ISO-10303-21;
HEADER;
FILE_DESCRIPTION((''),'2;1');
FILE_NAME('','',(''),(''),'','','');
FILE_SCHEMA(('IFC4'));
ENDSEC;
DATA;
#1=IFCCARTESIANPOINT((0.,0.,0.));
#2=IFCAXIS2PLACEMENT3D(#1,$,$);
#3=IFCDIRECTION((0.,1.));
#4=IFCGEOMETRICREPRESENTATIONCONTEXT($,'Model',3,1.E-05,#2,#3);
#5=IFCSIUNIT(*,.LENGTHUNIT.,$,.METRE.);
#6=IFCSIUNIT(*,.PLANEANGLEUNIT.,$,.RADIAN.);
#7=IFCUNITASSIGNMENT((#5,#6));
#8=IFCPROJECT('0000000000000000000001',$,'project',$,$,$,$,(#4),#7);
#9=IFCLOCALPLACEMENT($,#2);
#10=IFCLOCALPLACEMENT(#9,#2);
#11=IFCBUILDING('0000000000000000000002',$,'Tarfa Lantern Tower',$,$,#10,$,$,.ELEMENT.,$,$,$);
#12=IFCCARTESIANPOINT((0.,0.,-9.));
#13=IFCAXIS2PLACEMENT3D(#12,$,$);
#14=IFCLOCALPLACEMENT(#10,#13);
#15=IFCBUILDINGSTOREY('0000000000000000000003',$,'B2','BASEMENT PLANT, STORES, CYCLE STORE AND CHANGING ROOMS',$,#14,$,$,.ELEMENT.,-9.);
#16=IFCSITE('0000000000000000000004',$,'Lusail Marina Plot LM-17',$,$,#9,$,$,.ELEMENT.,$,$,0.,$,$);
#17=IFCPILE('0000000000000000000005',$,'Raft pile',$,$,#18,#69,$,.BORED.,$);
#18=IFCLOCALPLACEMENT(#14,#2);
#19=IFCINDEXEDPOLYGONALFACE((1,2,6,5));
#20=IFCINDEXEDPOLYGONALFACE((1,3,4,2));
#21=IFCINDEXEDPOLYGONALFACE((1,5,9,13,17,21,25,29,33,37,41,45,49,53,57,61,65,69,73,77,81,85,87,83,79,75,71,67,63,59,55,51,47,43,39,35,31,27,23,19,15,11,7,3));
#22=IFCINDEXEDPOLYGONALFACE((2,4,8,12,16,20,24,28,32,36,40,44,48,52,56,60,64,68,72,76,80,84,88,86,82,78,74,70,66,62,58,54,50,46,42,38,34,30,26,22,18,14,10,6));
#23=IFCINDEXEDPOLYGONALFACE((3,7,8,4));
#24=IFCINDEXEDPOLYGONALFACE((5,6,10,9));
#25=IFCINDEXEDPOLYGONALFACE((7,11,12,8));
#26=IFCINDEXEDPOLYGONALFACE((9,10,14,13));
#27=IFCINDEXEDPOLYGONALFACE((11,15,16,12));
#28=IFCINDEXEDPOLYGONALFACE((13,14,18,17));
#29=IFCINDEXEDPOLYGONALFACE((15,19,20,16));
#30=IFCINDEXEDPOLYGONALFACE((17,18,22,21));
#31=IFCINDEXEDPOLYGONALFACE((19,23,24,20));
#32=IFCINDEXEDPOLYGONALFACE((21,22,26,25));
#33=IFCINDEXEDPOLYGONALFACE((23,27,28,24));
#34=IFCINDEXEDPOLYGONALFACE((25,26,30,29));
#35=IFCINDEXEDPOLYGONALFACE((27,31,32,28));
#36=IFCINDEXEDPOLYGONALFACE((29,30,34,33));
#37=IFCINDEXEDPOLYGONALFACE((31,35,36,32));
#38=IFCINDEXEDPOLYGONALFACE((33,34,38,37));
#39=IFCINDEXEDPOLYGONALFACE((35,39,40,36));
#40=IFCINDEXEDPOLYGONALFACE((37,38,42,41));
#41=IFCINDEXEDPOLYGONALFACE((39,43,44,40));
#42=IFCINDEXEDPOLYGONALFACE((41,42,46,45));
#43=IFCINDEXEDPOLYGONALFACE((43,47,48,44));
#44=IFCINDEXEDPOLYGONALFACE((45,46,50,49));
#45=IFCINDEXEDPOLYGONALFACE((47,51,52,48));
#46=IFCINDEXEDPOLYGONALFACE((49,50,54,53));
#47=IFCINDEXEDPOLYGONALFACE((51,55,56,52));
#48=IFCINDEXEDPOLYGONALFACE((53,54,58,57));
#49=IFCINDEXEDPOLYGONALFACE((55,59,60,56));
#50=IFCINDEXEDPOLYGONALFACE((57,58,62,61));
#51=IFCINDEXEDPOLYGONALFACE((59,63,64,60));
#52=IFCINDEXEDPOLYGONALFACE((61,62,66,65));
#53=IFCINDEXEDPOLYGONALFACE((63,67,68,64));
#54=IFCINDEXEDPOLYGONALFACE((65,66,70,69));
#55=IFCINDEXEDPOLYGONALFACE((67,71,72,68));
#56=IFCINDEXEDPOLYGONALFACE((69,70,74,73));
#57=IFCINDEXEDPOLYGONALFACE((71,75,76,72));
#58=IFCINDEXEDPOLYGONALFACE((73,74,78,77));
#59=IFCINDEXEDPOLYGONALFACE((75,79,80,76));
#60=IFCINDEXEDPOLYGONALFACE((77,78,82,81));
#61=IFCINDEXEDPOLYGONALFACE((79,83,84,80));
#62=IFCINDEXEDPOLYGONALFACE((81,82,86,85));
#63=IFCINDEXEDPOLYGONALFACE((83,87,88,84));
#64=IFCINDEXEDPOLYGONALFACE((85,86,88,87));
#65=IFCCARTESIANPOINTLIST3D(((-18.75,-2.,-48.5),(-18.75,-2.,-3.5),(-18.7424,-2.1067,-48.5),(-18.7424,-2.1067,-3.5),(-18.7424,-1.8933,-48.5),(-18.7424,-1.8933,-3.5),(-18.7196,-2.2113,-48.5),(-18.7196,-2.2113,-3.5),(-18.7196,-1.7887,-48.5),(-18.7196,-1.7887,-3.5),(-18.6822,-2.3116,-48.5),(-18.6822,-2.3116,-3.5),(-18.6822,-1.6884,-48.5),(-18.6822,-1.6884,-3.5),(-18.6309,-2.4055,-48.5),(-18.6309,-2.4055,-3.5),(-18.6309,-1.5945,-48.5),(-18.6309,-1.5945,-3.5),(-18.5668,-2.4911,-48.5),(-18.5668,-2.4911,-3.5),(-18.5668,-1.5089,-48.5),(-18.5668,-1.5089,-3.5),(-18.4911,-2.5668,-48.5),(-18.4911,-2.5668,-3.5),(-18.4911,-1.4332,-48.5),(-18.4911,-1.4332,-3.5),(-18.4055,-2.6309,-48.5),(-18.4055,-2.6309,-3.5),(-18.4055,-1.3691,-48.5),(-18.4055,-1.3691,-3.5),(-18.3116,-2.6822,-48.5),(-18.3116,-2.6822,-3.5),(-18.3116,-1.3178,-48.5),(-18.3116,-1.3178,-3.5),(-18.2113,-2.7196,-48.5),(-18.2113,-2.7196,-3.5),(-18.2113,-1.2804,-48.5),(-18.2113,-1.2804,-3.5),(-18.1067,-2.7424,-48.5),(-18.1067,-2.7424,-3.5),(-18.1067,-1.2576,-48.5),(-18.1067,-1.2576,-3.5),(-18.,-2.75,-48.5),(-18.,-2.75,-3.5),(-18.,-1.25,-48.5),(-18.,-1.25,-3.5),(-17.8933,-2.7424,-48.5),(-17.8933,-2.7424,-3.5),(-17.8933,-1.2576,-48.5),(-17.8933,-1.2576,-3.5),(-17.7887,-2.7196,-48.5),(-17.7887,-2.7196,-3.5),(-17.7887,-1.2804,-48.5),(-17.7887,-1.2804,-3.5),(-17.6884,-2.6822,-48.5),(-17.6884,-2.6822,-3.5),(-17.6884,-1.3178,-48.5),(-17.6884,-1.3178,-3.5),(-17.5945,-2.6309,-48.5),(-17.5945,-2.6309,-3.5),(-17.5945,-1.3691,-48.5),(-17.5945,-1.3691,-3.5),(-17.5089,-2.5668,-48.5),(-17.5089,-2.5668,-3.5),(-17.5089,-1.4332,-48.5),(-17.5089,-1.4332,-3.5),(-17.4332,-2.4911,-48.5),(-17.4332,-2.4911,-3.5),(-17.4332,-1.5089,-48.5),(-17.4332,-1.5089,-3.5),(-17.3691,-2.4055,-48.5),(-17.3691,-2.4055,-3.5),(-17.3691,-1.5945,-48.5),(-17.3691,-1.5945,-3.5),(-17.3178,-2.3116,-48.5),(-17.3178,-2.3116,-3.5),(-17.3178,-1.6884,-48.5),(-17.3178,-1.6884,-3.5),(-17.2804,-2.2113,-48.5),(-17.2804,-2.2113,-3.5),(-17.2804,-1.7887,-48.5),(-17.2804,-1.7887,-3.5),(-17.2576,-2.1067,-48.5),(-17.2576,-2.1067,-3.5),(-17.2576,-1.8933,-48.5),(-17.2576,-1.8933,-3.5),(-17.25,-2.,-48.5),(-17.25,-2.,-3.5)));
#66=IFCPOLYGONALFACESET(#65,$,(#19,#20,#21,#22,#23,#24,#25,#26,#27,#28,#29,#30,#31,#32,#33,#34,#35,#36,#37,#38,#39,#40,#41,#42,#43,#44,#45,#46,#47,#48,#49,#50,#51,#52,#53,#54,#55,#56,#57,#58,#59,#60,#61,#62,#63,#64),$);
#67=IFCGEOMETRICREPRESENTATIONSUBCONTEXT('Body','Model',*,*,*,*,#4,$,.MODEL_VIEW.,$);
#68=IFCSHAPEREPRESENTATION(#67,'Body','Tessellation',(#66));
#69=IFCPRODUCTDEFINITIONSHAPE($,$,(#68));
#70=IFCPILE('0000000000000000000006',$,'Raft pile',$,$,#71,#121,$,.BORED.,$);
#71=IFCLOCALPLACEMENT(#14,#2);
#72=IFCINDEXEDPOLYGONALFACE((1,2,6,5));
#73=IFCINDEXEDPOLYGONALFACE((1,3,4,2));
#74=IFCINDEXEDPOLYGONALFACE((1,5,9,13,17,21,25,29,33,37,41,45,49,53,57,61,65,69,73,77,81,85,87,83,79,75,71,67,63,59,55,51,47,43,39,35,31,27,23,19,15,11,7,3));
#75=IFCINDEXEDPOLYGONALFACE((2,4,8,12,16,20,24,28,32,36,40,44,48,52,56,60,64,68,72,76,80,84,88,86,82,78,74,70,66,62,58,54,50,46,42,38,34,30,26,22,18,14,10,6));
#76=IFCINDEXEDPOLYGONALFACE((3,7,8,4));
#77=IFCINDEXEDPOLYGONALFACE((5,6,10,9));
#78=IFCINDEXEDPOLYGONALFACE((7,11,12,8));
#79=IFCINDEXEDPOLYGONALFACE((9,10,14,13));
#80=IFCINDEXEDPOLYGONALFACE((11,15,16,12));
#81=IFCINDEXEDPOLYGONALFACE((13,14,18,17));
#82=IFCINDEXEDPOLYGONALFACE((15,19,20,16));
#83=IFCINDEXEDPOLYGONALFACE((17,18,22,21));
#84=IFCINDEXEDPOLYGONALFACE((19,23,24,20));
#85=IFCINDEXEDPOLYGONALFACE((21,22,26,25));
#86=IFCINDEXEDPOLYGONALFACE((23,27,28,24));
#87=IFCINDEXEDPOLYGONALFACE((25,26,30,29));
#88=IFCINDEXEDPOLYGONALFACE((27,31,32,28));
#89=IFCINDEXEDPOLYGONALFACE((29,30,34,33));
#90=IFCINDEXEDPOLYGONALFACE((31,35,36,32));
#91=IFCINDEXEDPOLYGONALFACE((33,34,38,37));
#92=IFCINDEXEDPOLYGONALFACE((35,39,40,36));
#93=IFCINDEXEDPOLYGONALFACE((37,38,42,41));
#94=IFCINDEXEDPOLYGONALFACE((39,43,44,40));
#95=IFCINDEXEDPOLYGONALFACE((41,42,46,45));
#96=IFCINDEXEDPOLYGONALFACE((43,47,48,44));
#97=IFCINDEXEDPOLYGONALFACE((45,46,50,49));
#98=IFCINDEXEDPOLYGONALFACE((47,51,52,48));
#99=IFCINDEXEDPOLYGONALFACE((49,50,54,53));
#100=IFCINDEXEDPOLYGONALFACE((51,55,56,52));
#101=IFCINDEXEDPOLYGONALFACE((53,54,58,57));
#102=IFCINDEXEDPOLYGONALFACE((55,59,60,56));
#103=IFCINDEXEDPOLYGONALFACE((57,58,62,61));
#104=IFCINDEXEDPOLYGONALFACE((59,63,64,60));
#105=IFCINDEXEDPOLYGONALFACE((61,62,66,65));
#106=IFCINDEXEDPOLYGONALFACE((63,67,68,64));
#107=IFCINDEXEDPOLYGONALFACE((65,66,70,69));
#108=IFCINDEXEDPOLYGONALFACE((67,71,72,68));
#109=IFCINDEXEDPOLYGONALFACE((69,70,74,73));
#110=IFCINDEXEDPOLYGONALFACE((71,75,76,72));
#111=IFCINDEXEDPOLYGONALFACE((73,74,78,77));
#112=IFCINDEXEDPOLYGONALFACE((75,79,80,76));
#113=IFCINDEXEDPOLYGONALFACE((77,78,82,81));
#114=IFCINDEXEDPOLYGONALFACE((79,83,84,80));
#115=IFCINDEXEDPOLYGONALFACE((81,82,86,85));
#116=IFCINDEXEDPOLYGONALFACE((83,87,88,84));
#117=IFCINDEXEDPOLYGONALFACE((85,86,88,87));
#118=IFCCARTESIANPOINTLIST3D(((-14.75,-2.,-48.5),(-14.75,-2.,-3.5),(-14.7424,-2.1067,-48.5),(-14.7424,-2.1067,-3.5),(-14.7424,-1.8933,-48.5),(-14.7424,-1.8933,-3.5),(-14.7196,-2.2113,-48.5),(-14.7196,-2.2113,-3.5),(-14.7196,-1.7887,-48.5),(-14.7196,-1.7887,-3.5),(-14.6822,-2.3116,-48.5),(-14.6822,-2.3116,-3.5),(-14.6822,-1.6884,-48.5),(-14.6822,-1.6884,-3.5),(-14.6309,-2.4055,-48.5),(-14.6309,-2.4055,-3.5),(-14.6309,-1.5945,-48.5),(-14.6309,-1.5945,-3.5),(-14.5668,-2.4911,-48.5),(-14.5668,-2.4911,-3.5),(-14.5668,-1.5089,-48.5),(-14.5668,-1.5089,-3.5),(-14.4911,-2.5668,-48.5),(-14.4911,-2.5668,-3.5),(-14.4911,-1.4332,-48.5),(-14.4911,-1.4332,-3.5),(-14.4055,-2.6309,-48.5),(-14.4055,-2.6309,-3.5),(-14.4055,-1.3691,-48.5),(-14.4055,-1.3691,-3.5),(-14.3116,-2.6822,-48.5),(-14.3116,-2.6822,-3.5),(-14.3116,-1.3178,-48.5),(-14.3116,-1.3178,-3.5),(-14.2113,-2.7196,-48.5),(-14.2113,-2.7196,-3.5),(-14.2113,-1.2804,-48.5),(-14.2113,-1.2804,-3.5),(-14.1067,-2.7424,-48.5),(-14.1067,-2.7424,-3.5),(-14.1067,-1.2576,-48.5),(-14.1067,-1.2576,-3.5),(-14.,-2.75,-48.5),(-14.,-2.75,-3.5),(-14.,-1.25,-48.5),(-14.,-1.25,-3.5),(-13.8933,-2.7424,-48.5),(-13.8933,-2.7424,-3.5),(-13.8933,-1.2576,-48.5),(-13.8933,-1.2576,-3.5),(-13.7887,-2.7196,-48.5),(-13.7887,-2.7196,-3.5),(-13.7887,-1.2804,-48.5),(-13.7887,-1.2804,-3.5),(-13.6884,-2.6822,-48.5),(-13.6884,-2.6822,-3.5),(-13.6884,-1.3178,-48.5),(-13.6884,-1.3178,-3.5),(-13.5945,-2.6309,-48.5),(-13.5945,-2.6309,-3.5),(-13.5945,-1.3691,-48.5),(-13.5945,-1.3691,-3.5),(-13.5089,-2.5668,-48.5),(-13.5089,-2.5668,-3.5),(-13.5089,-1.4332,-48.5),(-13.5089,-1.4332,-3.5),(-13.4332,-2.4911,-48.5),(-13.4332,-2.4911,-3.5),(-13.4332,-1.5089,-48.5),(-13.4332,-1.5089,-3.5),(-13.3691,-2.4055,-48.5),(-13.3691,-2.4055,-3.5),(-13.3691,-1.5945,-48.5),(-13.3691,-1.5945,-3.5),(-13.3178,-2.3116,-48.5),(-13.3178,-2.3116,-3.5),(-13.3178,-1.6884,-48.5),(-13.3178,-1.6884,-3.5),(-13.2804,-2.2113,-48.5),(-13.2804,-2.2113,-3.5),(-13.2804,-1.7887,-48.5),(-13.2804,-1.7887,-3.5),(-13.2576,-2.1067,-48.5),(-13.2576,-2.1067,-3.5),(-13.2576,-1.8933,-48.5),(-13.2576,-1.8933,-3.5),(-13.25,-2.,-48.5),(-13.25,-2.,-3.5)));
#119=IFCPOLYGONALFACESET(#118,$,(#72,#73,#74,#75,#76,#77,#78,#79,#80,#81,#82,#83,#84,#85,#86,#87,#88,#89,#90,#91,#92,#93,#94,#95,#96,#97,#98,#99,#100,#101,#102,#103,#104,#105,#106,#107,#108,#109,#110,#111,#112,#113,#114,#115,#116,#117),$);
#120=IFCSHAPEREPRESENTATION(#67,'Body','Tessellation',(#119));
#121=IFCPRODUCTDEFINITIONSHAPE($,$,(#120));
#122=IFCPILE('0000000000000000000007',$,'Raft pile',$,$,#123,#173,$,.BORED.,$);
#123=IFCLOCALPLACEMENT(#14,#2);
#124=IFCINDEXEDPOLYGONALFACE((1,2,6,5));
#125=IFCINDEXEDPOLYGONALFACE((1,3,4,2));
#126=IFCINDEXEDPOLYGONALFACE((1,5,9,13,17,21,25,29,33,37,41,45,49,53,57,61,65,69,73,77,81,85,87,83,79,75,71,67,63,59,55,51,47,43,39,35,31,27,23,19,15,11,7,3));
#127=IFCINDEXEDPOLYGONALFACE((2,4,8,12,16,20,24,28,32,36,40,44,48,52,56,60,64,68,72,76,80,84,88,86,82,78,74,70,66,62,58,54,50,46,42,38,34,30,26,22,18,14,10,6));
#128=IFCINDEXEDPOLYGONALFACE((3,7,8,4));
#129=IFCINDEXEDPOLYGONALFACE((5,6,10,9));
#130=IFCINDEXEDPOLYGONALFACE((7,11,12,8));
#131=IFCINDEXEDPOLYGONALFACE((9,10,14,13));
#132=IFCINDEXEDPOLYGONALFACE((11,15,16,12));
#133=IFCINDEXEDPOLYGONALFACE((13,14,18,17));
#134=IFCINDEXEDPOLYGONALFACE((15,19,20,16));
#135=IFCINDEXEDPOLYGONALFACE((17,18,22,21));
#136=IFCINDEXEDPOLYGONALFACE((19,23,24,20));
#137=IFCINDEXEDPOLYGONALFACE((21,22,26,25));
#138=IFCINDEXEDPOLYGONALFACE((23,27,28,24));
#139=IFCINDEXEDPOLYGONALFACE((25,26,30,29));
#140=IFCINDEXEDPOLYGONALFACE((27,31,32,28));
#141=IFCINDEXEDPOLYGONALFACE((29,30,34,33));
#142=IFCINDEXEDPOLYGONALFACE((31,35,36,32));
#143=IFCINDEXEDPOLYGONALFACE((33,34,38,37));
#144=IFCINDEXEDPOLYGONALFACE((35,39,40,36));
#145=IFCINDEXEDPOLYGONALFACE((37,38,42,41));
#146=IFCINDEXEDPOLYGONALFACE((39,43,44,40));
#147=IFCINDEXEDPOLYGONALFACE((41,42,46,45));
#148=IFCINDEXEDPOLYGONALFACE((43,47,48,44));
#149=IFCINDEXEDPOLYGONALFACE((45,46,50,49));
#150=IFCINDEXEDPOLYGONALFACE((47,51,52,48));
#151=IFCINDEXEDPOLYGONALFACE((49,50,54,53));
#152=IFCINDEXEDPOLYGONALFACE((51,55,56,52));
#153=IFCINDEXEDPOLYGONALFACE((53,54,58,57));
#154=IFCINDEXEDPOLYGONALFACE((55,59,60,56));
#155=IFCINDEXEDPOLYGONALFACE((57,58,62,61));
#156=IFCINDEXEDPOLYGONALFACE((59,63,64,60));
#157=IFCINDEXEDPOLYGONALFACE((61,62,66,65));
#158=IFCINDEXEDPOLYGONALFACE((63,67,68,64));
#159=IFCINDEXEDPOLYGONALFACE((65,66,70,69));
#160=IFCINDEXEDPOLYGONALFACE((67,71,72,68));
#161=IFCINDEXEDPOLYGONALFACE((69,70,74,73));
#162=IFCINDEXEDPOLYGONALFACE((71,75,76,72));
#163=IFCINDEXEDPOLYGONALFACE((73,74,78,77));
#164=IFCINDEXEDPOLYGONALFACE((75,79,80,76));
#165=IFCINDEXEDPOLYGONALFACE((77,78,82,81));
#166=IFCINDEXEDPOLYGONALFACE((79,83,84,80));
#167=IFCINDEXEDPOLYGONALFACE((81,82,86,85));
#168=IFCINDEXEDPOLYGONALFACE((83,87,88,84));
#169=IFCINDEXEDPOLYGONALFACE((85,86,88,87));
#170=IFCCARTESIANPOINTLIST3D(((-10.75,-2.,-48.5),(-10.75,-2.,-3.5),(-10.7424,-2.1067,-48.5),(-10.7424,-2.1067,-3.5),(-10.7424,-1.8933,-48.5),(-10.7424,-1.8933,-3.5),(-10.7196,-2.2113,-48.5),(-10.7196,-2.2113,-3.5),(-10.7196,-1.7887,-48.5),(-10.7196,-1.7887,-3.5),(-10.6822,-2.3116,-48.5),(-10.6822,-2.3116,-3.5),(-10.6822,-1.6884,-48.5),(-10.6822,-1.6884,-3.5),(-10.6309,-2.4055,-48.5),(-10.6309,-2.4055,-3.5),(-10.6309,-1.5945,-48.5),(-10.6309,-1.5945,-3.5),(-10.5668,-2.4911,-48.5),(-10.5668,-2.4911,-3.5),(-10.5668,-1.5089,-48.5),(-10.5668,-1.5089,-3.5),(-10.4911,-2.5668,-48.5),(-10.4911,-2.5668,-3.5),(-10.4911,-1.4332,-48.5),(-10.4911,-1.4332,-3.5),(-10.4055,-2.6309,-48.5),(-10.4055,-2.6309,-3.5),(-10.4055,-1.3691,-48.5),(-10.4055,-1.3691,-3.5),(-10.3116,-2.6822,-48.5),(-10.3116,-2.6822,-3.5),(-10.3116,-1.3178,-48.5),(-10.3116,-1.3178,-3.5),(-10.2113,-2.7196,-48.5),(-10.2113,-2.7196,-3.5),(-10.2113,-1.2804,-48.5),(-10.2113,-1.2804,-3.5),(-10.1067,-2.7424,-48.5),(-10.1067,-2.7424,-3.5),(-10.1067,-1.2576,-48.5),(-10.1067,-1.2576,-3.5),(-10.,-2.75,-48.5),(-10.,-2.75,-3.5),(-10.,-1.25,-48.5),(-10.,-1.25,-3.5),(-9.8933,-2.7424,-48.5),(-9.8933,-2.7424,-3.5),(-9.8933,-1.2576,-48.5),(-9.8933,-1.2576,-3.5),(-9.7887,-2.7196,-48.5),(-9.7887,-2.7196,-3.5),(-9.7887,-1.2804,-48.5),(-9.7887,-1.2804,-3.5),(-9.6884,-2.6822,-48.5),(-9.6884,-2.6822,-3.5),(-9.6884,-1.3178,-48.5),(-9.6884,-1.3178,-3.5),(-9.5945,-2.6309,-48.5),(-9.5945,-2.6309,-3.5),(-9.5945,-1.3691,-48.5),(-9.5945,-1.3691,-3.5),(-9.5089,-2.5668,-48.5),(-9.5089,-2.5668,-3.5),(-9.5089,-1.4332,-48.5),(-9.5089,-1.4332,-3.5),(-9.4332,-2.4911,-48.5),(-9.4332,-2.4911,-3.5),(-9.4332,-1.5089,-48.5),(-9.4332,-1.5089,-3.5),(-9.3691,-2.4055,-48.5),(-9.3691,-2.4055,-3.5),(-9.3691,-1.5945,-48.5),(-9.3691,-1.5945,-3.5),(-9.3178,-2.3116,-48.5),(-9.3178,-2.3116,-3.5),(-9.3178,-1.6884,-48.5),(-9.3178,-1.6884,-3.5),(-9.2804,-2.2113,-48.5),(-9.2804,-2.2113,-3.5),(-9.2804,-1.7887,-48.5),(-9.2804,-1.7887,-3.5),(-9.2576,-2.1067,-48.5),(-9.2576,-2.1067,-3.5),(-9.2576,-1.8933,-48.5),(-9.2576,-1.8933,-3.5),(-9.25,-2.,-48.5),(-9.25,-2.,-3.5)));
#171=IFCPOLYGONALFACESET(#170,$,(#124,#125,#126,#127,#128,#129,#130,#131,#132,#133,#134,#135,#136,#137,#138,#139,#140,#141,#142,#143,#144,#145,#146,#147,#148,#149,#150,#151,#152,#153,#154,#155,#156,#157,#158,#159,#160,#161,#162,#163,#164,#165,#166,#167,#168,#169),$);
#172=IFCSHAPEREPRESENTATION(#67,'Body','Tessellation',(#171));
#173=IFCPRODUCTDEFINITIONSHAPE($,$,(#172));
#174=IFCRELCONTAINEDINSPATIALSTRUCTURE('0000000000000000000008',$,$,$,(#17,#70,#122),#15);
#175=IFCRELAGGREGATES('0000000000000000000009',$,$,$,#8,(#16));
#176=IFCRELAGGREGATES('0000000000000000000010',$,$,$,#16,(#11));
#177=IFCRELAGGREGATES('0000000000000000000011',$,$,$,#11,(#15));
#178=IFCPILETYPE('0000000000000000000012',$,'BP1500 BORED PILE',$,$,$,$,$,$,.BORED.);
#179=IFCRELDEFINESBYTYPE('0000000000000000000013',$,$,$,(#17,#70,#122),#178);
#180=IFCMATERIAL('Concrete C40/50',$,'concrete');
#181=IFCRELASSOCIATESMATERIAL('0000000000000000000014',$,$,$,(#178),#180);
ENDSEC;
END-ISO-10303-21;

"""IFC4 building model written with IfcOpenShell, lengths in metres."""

from ifc_helpers import new_model, si_unit, direction, frame, origin, origin_2d, place, context, subcontext, project, spatial, circle, extrude, material, material_profile, profile_set, type_object, element, save


model = new_model("IFC4")

# Units and contexts
model_context = context("Model", 3, precision=1e-05, world=origin(), true_north=direction((0.0, 1.0)))
body_context = subcontext(model_context, "Body", "Model", "MODEL_VIEW")
ifc_project = project(units=[si_unit("LENGTHUNIT", "METRE"), si_unit("PLANEANGLEUNIT", "RADIAN")], contexts=[model_context])

# Site, building, storey
site_placement = place(None, origin())
site = spatial("IfcSite", under=ifc_project, at=site_placement, Name="Lusail Marina Plot LM-17", CompositionType="ELEMENT", RefElevation=0.0)
building_placement = place(site_placement, origin())
building = spatial("IfcBuilding", under=site, at=building_placement, Name="Tarfa Lantern Tower", CompositionType="ELEMENT")
storey_placement = place(building_placement, frame((0.0, 0.0, -9.0)))
storey = spatial("IfcBuildingStorey", under=building, at=storey_placement, Name="B2", Description="BASEMENT PLANT, STORES, CYCLE STORE AND CHANGING ROOMS", CompositionType="ELEMENT", Elevation=-9.0)

# Piles
ifc_material_1 = material(Name="Concrete C40/50", Category="concrete")
ifc_material_profile = material_profile(ifc_material_1, circle(Radius=0.75, at=origin_2d()), Name="BORED PILE D1500")
ifc_profile_set = profile_set([ifc_material_profile], Name="Concrete C40/50")
pile_type = type_object("IfcPileType", Name="BP1500 BORED PILE", PredefinedType="BORED", material=ifc_profile_set)
for number, where, z_axis, x_axis, name in (
    (1, (-18.0, -2.0, -3.5), (0.0, 0.0, -1.0), (1.0, 0.0, 0.0), "Raft pile"),
    (2, (-14.0, -2.0, -3.5), (0.0, 0.0, -1.0), (1.0, 0.0, 0.0), "Raft pile"),
    (3, (-10.0, -2.0, -3.5), (0.0, 0.0, -1.0), (1.0, 0.0, 0.0), "Raft pile"),
):
    element("IfcPile", number, at=place(storey_placement, frame(where, z_axis=z_axis, x_axis=x_axis)), inside=storey, type_object=pile_type, Name=name, PredefinedType="BORED", context=body_context, shape_type="SweptSolid", body=[
        extrude(circle(Radius=0.75, at=origin_2d()), origin(), (0.0, 0.0, 1.0), 45.0),
    ])

save(model, "model.ifc")
